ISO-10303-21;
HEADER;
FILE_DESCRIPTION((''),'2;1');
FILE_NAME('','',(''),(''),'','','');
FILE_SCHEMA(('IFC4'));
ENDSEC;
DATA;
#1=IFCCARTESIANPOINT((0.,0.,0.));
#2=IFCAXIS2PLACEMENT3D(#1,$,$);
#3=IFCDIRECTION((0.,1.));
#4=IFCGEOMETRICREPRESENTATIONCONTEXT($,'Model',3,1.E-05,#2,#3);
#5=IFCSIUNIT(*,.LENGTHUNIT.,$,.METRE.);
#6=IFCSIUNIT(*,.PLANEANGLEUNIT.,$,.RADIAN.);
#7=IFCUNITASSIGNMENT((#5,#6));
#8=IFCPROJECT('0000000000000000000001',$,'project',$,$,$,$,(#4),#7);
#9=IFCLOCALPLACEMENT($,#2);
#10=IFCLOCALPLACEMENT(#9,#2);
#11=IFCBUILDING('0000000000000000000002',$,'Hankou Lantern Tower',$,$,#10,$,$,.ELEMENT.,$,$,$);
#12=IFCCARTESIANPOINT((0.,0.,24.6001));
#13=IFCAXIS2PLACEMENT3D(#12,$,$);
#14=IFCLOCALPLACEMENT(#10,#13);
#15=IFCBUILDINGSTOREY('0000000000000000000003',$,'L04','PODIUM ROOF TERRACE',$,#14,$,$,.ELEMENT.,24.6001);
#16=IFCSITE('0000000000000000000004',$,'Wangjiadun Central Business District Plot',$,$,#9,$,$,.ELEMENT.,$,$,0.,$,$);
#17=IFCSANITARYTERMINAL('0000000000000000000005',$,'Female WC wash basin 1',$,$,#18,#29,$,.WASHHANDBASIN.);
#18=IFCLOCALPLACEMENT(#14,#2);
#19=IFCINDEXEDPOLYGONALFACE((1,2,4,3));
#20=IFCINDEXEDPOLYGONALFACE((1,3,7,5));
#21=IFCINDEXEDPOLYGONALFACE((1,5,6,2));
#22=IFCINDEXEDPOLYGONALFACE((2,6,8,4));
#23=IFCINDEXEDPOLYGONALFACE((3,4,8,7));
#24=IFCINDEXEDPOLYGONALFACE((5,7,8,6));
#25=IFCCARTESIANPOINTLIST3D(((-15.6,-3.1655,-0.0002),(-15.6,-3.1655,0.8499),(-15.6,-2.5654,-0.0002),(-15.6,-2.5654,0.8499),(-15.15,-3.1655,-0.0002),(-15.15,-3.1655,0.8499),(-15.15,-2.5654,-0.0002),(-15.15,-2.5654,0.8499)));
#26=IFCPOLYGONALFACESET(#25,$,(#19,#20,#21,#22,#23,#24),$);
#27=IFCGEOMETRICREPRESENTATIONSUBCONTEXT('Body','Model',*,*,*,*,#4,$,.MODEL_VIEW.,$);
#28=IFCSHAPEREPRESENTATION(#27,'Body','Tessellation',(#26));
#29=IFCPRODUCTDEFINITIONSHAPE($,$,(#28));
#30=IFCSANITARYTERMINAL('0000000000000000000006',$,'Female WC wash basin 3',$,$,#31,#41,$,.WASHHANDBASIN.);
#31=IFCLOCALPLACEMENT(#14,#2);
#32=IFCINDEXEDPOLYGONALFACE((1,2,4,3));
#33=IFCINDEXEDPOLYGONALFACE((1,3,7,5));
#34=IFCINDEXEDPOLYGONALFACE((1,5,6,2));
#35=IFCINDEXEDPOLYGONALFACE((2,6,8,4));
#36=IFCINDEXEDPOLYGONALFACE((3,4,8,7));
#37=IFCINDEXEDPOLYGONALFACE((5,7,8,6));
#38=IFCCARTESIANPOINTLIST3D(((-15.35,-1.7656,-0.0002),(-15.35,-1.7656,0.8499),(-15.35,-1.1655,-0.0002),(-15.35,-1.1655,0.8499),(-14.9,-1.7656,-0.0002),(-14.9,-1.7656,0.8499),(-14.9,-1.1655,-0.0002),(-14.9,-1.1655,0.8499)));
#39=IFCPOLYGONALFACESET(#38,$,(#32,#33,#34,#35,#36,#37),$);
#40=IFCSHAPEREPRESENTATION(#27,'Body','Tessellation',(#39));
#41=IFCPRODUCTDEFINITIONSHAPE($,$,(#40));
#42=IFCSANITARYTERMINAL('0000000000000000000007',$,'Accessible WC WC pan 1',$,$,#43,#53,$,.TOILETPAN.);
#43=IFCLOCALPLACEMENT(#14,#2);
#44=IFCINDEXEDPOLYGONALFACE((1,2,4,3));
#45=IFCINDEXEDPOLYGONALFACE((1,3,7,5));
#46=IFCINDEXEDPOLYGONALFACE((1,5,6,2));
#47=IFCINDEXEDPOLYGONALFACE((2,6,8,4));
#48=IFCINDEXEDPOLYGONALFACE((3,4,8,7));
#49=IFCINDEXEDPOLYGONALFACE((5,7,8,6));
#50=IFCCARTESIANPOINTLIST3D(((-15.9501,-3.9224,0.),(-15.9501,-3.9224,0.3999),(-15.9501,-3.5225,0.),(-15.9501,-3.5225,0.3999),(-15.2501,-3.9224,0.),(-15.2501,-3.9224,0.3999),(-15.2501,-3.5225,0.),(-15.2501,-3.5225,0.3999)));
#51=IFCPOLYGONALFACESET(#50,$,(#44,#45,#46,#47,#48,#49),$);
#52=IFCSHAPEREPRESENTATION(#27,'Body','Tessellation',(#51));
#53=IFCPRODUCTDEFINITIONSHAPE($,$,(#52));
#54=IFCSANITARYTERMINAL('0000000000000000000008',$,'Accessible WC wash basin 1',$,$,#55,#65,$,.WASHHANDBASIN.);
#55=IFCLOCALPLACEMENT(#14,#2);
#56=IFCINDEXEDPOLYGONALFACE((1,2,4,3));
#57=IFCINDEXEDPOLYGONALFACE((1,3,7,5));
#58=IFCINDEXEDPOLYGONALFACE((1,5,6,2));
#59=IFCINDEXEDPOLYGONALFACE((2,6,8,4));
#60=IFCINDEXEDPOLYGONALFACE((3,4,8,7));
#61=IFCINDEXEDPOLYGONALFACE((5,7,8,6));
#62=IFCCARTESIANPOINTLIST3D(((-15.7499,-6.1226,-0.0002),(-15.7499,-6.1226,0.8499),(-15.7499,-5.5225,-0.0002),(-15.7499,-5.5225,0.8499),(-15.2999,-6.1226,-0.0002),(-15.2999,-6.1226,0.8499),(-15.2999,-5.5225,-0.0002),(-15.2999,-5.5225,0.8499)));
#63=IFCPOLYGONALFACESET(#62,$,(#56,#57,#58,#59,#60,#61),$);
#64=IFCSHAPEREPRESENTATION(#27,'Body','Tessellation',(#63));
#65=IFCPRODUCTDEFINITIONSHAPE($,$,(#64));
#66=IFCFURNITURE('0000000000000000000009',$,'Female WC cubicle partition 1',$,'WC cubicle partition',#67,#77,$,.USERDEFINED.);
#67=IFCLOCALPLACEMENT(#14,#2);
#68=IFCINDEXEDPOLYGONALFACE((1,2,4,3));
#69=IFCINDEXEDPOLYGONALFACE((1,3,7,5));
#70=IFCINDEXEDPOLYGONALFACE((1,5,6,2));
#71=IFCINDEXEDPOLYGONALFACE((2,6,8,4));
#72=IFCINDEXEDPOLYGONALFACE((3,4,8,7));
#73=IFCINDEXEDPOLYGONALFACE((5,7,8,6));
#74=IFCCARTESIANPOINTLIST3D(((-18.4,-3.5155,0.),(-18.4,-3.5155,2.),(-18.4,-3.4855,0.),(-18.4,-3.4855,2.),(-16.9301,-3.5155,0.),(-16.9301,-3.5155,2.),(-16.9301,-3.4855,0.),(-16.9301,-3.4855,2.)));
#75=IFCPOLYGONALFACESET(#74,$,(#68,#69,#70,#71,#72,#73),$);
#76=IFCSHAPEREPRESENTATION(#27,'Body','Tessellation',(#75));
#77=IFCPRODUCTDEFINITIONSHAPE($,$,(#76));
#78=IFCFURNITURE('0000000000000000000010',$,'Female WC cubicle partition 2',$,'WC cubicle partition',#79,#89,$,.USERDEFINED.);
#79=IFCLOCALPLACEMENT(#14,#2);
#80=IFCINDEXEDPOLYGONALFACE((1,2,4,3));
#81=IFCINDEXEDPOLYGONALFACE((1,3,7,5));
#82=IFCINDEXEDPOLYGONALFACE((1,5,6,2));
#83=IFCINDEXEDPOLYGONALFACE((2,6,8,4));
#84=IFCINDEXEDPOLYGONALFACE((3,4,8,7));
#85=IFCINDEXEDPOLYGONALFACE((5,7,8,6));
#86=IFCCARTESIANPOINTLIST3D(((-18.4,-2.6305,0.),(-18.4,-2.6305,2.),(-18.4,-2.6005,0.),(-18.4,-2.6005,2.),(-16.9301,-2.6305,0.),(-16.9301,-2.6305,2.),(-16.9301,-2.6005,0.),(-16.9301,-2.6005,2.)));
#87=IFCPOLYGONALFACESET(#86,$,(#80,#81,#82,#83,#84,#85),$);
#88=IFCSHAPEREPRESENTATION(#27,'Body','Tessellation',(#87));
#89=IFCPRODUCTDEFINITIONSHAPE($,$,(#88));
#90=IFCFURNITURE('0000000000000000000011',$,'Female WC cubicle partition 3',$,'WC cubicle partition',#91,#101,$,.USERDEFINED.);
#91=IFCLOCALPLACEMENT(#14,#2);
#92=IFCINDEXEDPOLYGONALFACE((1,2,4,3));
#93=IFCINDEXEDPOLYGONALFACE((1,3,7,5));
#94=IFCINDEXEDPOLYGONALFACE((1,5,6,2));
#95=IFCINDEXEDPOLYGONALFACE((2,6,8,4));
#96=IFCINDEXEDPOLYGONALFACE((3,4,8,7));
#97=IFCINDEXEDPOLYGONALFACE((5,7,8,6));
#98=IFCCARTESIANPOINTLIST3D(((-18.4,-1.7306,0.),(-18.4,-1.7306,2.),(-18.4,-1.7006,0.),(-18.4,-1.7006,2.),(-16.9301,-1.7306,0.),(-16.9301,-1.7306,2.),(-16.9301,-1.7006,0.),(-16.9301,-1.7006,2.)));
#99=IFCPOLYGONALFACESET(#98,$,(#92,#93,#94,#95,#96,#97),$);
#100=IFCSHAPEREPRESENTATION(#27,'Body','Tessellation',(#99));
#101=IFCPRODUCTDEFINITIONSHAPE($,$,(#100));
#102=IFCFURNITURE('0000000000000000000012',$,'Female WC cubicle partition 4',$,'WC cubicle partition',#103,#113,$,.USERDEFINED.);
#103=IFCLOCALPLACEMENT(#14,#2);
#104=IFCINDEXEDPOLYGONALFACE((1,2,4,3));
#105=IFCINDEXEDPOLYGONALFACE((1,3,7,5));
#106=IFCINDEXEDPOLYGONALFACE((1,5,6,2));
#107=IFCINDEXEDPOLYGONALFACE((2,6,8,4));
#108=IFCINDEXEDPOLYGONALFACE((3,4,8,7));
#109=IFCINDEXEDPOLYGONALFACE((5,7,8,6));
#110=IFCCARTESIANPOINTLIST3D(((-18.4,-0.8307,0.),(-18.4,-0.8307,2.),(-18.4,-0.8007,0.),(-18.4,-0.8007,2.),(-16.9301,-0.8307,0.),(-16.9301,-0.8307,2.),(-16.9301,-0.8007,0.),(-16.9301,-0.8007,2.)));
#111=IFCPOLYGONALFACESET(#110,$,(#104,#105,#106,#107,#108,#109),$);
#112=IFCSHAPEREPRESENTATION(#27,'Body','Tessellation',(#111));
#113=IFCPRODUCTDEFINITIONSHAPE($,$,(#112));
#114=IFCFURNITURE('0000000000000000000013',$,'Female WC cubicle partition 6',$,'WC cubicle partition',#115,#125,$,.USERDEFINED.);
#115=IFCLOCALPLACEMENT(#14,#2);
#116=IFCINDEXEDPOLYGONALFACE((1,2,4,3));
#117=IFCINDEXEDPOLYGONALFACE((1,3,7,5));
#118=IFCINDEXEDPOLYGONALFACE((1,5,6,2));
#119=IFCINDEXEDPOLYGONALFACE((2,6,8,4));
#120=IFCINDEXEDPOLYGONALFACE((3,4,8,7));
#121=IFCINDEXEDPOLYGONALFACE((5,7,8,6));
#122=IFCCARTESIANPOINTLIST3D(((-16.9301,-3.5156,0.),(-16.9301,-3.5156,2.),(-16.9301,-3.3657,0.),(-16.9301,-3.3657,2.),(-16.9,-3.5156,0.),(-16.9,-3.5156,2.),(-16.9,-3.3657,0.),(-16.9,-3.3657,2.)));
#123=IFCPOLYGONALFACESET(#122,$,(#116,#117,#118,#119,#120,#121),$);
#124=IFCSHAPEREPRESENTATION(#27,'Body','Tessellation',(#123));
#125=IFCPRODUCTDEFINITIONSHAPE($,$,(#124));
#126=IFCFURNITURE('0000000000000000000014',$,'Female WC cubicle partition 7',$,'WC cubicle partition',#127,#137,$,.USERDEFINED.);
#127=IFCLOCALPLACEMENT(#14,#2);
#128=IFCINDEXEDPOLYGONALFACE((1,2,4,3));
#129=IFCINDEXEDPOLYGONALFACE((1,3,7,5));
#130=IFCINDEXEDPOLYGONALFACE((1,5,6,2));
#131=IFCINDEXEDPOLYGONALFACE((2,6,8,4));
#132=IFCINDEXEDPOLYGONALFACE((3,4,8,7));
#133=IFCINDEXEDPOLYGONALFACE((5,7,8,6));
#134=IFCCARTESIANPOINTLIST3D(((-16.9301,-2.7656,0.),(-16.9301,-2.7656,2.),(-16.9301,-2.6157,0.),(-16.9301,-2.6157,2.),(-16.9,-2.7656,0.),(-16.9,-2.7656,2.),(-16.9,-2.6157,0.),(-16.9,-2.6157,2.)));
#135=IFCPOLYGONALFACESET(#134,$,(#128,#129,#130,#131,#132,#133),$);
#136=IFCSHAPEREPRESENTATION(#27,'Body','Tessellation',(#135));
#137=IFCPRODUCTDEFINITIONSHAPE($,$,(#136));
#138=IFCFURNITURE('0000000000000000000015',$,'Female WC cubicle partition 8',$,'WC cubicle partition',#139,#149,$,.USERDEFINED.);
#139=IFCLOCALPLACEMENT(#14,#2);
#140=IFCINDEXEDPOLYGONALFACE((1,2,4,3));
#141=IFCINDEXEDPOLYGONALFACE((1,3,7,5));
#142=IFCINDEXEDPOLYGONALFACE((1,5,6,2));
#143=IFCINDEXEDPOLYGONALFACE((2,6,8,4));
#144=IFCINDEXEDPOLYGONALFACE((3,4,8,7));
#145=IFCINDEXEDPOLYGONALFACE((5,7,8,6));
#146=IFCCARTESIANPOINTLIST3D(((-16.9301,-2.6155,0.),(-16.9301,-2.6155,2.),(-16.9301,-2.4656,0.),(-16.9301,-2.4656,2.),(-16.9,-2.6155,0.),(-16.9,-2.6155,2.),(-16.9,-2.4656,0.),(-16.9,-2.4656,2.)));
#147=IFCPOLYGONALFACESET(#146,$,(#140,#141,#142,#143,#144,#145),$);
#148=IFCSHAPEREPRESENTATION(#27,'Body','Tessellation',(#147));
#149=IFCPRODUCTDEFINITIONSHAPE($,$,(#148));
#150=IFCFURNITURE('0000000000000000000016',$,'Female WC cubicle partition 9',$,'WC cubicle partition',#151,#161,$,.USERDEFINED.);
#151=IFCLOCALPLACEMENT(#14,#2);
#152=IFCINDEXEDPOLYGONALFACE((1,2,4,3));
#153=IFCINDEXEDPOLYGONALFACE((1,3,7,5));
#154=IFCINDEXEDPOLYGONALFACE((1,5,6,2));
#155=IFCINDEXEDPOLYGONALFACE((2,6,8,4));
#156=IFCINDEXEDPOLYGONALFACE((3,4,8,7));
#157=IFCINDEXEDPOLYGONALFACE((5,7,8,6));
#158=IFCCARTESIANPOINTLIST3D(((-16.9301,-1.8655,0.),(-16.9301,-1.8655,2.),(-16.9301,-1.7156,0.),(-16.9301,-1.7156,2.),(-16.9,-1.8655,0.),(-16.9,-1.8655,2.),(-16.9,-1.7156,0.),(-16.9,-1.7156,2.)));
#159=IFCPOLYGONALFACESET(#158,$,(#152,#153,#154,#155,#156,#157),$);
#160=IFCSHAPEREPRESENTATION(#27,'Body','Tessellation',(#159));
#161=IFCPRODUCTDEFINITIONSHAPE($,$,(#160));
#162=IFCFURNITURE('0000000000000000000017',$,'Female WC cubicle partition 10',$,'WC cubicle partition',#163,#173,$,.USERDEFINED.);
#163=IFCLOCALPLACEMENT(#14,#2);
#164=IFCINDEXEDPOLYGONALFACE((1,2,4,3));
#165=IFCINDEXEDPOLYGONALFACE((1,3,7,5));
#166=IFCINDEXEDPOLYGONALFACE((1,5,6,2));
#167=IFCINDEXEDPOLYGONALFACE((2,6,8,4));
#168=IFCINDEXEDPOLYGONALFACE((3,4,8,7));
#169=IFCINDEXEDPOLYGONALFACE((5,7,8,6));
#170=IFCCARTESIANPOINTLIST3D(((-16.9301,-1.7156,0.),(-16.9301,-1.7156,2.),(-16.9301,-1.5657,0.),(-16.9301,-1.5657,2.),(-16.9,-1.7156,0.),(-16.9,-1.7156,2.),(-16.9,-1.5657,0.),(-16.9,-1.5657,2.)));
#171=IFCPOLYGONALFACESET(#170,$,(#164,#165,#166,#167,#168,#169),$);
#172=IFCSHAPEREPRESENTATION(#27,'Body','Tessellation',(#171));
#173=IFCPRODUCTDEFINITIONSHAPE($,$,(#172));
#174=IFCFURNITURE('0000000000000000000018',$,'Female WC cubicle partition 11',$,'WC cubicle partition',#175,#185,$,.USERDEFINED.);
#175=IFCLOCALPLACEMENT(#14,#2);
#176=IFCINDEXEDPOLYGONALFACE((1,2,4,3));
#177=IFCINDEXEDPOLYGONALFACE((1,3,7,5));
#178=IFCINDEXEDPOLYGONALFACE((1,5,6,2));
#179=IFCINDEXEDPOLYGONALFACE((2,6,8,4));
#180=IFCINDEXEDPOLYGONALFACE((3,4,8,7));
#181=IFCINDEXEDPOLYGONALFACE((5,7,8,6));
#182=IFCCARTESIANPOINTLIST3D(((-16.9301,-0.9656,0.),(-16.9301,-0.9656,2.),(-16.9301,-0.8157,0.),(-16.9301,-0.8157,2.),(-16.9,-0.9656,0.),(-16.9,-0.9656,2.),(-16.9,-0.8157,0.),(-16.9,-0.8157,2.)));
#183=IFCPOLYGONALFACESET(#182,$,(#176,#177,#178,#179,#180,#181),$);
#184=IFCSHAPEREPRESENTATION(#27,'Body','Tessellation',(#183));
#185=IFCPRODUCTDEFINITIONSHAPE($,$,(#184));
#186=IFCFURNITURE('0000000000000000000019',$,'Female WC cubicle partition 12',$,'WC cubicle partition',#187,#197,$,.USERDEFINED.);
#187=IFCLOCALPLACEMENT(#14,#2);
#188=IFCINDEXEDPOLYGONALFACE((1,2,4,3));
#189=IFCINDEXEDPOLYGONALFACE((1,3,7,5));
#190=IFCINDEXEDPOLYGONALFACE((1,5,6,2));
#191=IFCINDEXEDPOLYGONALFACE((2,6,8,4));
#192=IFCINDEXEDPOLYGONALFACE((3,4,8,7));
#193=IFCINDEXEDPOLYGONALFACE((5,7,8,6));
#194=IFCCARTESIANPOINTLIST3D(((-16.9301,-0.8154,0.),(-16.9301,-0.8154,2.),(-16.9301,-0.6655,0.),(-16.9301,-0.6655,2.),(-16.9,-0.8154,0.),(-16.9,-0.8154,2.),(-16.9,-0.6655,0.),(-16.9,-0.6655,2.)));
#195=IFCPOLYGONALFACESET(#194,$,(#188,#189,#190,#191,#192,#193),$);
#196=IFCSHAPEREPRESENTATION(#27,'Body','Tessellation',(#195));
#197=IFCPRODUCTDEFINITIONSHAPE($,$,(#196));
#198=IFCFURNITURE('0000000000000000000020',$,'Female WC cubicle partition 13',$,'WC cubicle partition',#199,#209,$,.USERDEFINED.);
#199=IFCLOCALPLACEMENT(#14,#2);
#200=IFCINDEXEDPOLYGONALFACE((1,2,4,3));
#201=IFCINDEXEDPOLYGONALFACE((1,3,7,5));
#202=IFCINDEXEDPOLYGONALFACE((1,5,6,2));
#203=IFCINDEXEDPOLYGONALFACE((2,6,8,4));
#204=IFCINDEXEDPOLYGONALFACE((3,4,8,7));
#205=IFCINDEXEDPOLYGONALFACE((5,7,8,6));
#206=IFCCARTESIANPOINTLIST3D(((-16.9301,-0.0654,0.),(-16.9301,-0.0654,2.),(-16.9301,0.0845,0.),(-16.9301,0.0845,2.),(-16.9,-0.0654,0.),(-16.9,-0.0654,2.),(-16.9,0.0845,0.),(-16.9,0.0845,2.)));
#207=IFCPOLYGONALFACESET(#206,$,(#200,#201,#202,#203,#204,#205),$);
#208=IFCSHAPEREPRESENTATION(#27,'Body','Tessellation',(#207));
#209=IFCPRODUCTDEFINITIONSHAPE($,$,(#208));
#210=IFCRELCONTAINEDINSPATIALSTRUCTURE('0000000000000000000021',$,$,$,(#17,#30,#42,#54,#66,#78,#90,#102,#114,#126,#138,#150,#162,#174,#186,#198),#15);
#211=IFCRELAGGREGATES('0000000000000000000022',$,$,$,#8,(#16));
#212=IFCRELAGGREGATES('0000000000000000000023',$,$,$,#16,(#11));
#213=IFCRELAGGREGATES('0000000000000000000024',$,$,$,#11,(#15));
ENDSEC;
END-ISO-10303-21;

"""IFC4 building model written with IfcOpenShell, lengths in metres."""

from ifc_helpers import new_model, si_unit, direction, frame, origin, origin_2d, place, context, subcontext, project, spatial, rectangle, extrude, element, save


model = new_model("IFC4")

# Units and contexts
model_context = context("Model", 3, precision=1e-05, world=origin(), true_north=direction((0.0, 1.0)))
body_context = subcontext(model_context, "Body", "Model", "MODEL_VIEW")
ifc_project = project(units=[si_unit("LENGTHUNIT", "METRE"), si_unit("PLANEANGLEUNIT", "RADIAN")], contexts=[model_context])

# Site, building, storey
site_placement = place(None, origin())
site = spatial("IfcSite", under=ifc_project, at=site_placement, Name="Wangjiadun Central Business District Plot", CompositionType="ELEMENT", RefElevation=0.0)
building_placement = place(site_placement, origin())
building = spatial("IfcBuilding", under=site, at=building_placement, Name="Hankou Lantern Tower", CompositionType="ELEMENT")
storey_placement = place(building_placement, frame((0.0, 0.0, 24.6001)))
storey = spatial("IfcBuildingStorey", under=building, at=storey_placement, Name="L04", Description="PODIUM ROOF TERRACE", CompositionType="ELEMENT", Elevation=24.6001)

# Sanitary terminals
for number, where, z_axis, x_axis, name in (
    (1, (-15.375, -2.8655, -0.0002), (0.0, 0.0, 1.0), (0.0, 1.0, 0.0), "Female WC wash basin 1"),
    (2, (-15.125, -1.4656, -0.0002), (0.0, 0.0, 1.0), (0.0, 1.0, 0.0), "Female WC wash basin 3"),
):
    element("IfcSanitaryTerminal", number, at=place(storey_placement, frame(where, z_axis=z_axis, x_axis=x_axis)), inside=storey, Name=name, PredefinedType="WASHHANDBASIN", context=body_context, shape_type="SweptSolid", body=[
        extrude(rectangle(XDim=0.6001, YDim=0.45, at=origin_2d()), origin(), (0.0, 0.0, 1.0), 0.8501),
    ])
sanitary_terminal_1_placement = place(storey_placement, frame((-15.6001, -3.7224, 0.0), z_axis=(0.0, 0.0, 1.0), x_axis=(0.0, -1.0, 0.0)))
element("IfcSanitaryTerminal", 3, at=sanitary_terminal_1_placement, inside=storey, Name="Accessible WC WC pan 1", PredefinedType="TOILETPAN", context=body_context, shape_type="SweptSolid", body=[
    extrude(rectangle(XDim=0.3999, YDim=0.7, at=origin_2d()), origin(), (0.0, 0.0, 1.0), 0.3999),
])
sanitary_terminal_2_placement = place(storey_placement, frame((-15.5249, -5.8225, -0.0002), z_axis=(0.0, 0.0, 1.0), x_axis=(0.0, -1.0, 0.0)))
element("IfcSanitaryTerminal", 4, at=sanitary_terminal_2_placement, inside=storey, Name="Accessible WC wash basin 1", PredefinedType="WASHHANDBASIN", context=body_context, shape_type="SweptSolid", body=[
    extrude(rectangle(XDim=0.6001, YDim=0.45, at=origin_2d()), origin(), (0.0, 0.0, 1.0), 0.8501),
])

# Furniture
for number, where, z_axis, x_axis, name in (
    (5, (-17.665, -3.5005, 0.0), (0.0, 0.0, 1.0), (0.0, 1.0, 0.0), "Female WC cubicle partition 1"),
    (6, (-17.665, -2.6155, 0.0), (0.0, 0.0, 1.0), (0.0, 1.0, 0.0), "Female WC cubicle partition 2"),
    (7, (-17.665, -1.7156, 0.0), (0.0, 0.0, 1.0), (0.0, 1.0, 0.0), "Female WC cubicle partition 3"),
    (8, (-17.665, -0.8157, 0.0), (0.0, 0.0, 1.0), (0.0, 1.0, 0.0), "Female WC cubicle partition 4"),
):
    element("IfcFurniture", number, at=place(storey_placement, frame(where, z_axis=z_axis, x_axis=x_axis)), inside=storey, Name=name, ObjectType="WC cubicle partition", PredefinedType="USERDEFINED", context=body_context, shape_type="SweptSolid", body=[
        extrude(rectangle(XDim=0.03, YDim=1.47, at=origin_2d()), origin(), (0.0, 0.0, 1.0), 2.0),
    ])
for number, where, z_axis, x_axis, name in (
    (9, (-16.915, -3.4407, 0.0), (0.0, 0.0, 1.0), (0.0, 1.0, 0.0), "Female WC cubicle partition 6"),
    (10, (-16.915, -2.6907, 0.0), (0.0, 0.0, 1.0), (0.0, 1.0, 0.0), "Female WC cubicle partition 7"),
    (11, (-16.915, -2.5405, 0.0), (0.0, 0.0, 1.0), (0.0, 1.0, 0.0), "Female WC cubicle partition 8"),
    (12, (-16.915, -1.7905, 0.0), (0.0, 0.0, 1.0), (0.0, 1.0, 0.0), "Female WC cubicle partition 9"),
    (13, (-16.915, -1.6406, 0.0), (0.0, 0.0, 1.0), (0.0, 1.0, 0.0), "Female WC cubicle partition 10"),
    (14, (-16.915, -0.8906, 0.0), (0.0, 0.0, 1.0), (0.0, 1.0, 0.0), "Female WC cubicle partition 11"),
    (15, (-16.915, -0.7405, 0.0), (0.0, 0.0, 1.0), (0.0, 1.0, 0.0), "Female WC cubicle partition 12"),
    (16, (-16.915, 0.0095, 0.0), (0.0, 0.0, 1.0), (0.0, 1.0, 0.0), "Female WC cubicle partition 13"),
):
    element("IfcFurniture", number, at=place(storey_placement, frame(where, z_axis=z_axis, x_axis=x_axis)), inside=storey, Name=name, ObjectType="WC cubicle partition", PredefinedType="USERDEFINED", context=body_context, shape_type="SweptSolid", body=[
        extrude(rectangle(XDim=0.1499, YDim=0.03, at=origin_2d()), origin(), (0.0, 0.0, 1.0), 2.0),
    ])

save(model, "model.ifc")
